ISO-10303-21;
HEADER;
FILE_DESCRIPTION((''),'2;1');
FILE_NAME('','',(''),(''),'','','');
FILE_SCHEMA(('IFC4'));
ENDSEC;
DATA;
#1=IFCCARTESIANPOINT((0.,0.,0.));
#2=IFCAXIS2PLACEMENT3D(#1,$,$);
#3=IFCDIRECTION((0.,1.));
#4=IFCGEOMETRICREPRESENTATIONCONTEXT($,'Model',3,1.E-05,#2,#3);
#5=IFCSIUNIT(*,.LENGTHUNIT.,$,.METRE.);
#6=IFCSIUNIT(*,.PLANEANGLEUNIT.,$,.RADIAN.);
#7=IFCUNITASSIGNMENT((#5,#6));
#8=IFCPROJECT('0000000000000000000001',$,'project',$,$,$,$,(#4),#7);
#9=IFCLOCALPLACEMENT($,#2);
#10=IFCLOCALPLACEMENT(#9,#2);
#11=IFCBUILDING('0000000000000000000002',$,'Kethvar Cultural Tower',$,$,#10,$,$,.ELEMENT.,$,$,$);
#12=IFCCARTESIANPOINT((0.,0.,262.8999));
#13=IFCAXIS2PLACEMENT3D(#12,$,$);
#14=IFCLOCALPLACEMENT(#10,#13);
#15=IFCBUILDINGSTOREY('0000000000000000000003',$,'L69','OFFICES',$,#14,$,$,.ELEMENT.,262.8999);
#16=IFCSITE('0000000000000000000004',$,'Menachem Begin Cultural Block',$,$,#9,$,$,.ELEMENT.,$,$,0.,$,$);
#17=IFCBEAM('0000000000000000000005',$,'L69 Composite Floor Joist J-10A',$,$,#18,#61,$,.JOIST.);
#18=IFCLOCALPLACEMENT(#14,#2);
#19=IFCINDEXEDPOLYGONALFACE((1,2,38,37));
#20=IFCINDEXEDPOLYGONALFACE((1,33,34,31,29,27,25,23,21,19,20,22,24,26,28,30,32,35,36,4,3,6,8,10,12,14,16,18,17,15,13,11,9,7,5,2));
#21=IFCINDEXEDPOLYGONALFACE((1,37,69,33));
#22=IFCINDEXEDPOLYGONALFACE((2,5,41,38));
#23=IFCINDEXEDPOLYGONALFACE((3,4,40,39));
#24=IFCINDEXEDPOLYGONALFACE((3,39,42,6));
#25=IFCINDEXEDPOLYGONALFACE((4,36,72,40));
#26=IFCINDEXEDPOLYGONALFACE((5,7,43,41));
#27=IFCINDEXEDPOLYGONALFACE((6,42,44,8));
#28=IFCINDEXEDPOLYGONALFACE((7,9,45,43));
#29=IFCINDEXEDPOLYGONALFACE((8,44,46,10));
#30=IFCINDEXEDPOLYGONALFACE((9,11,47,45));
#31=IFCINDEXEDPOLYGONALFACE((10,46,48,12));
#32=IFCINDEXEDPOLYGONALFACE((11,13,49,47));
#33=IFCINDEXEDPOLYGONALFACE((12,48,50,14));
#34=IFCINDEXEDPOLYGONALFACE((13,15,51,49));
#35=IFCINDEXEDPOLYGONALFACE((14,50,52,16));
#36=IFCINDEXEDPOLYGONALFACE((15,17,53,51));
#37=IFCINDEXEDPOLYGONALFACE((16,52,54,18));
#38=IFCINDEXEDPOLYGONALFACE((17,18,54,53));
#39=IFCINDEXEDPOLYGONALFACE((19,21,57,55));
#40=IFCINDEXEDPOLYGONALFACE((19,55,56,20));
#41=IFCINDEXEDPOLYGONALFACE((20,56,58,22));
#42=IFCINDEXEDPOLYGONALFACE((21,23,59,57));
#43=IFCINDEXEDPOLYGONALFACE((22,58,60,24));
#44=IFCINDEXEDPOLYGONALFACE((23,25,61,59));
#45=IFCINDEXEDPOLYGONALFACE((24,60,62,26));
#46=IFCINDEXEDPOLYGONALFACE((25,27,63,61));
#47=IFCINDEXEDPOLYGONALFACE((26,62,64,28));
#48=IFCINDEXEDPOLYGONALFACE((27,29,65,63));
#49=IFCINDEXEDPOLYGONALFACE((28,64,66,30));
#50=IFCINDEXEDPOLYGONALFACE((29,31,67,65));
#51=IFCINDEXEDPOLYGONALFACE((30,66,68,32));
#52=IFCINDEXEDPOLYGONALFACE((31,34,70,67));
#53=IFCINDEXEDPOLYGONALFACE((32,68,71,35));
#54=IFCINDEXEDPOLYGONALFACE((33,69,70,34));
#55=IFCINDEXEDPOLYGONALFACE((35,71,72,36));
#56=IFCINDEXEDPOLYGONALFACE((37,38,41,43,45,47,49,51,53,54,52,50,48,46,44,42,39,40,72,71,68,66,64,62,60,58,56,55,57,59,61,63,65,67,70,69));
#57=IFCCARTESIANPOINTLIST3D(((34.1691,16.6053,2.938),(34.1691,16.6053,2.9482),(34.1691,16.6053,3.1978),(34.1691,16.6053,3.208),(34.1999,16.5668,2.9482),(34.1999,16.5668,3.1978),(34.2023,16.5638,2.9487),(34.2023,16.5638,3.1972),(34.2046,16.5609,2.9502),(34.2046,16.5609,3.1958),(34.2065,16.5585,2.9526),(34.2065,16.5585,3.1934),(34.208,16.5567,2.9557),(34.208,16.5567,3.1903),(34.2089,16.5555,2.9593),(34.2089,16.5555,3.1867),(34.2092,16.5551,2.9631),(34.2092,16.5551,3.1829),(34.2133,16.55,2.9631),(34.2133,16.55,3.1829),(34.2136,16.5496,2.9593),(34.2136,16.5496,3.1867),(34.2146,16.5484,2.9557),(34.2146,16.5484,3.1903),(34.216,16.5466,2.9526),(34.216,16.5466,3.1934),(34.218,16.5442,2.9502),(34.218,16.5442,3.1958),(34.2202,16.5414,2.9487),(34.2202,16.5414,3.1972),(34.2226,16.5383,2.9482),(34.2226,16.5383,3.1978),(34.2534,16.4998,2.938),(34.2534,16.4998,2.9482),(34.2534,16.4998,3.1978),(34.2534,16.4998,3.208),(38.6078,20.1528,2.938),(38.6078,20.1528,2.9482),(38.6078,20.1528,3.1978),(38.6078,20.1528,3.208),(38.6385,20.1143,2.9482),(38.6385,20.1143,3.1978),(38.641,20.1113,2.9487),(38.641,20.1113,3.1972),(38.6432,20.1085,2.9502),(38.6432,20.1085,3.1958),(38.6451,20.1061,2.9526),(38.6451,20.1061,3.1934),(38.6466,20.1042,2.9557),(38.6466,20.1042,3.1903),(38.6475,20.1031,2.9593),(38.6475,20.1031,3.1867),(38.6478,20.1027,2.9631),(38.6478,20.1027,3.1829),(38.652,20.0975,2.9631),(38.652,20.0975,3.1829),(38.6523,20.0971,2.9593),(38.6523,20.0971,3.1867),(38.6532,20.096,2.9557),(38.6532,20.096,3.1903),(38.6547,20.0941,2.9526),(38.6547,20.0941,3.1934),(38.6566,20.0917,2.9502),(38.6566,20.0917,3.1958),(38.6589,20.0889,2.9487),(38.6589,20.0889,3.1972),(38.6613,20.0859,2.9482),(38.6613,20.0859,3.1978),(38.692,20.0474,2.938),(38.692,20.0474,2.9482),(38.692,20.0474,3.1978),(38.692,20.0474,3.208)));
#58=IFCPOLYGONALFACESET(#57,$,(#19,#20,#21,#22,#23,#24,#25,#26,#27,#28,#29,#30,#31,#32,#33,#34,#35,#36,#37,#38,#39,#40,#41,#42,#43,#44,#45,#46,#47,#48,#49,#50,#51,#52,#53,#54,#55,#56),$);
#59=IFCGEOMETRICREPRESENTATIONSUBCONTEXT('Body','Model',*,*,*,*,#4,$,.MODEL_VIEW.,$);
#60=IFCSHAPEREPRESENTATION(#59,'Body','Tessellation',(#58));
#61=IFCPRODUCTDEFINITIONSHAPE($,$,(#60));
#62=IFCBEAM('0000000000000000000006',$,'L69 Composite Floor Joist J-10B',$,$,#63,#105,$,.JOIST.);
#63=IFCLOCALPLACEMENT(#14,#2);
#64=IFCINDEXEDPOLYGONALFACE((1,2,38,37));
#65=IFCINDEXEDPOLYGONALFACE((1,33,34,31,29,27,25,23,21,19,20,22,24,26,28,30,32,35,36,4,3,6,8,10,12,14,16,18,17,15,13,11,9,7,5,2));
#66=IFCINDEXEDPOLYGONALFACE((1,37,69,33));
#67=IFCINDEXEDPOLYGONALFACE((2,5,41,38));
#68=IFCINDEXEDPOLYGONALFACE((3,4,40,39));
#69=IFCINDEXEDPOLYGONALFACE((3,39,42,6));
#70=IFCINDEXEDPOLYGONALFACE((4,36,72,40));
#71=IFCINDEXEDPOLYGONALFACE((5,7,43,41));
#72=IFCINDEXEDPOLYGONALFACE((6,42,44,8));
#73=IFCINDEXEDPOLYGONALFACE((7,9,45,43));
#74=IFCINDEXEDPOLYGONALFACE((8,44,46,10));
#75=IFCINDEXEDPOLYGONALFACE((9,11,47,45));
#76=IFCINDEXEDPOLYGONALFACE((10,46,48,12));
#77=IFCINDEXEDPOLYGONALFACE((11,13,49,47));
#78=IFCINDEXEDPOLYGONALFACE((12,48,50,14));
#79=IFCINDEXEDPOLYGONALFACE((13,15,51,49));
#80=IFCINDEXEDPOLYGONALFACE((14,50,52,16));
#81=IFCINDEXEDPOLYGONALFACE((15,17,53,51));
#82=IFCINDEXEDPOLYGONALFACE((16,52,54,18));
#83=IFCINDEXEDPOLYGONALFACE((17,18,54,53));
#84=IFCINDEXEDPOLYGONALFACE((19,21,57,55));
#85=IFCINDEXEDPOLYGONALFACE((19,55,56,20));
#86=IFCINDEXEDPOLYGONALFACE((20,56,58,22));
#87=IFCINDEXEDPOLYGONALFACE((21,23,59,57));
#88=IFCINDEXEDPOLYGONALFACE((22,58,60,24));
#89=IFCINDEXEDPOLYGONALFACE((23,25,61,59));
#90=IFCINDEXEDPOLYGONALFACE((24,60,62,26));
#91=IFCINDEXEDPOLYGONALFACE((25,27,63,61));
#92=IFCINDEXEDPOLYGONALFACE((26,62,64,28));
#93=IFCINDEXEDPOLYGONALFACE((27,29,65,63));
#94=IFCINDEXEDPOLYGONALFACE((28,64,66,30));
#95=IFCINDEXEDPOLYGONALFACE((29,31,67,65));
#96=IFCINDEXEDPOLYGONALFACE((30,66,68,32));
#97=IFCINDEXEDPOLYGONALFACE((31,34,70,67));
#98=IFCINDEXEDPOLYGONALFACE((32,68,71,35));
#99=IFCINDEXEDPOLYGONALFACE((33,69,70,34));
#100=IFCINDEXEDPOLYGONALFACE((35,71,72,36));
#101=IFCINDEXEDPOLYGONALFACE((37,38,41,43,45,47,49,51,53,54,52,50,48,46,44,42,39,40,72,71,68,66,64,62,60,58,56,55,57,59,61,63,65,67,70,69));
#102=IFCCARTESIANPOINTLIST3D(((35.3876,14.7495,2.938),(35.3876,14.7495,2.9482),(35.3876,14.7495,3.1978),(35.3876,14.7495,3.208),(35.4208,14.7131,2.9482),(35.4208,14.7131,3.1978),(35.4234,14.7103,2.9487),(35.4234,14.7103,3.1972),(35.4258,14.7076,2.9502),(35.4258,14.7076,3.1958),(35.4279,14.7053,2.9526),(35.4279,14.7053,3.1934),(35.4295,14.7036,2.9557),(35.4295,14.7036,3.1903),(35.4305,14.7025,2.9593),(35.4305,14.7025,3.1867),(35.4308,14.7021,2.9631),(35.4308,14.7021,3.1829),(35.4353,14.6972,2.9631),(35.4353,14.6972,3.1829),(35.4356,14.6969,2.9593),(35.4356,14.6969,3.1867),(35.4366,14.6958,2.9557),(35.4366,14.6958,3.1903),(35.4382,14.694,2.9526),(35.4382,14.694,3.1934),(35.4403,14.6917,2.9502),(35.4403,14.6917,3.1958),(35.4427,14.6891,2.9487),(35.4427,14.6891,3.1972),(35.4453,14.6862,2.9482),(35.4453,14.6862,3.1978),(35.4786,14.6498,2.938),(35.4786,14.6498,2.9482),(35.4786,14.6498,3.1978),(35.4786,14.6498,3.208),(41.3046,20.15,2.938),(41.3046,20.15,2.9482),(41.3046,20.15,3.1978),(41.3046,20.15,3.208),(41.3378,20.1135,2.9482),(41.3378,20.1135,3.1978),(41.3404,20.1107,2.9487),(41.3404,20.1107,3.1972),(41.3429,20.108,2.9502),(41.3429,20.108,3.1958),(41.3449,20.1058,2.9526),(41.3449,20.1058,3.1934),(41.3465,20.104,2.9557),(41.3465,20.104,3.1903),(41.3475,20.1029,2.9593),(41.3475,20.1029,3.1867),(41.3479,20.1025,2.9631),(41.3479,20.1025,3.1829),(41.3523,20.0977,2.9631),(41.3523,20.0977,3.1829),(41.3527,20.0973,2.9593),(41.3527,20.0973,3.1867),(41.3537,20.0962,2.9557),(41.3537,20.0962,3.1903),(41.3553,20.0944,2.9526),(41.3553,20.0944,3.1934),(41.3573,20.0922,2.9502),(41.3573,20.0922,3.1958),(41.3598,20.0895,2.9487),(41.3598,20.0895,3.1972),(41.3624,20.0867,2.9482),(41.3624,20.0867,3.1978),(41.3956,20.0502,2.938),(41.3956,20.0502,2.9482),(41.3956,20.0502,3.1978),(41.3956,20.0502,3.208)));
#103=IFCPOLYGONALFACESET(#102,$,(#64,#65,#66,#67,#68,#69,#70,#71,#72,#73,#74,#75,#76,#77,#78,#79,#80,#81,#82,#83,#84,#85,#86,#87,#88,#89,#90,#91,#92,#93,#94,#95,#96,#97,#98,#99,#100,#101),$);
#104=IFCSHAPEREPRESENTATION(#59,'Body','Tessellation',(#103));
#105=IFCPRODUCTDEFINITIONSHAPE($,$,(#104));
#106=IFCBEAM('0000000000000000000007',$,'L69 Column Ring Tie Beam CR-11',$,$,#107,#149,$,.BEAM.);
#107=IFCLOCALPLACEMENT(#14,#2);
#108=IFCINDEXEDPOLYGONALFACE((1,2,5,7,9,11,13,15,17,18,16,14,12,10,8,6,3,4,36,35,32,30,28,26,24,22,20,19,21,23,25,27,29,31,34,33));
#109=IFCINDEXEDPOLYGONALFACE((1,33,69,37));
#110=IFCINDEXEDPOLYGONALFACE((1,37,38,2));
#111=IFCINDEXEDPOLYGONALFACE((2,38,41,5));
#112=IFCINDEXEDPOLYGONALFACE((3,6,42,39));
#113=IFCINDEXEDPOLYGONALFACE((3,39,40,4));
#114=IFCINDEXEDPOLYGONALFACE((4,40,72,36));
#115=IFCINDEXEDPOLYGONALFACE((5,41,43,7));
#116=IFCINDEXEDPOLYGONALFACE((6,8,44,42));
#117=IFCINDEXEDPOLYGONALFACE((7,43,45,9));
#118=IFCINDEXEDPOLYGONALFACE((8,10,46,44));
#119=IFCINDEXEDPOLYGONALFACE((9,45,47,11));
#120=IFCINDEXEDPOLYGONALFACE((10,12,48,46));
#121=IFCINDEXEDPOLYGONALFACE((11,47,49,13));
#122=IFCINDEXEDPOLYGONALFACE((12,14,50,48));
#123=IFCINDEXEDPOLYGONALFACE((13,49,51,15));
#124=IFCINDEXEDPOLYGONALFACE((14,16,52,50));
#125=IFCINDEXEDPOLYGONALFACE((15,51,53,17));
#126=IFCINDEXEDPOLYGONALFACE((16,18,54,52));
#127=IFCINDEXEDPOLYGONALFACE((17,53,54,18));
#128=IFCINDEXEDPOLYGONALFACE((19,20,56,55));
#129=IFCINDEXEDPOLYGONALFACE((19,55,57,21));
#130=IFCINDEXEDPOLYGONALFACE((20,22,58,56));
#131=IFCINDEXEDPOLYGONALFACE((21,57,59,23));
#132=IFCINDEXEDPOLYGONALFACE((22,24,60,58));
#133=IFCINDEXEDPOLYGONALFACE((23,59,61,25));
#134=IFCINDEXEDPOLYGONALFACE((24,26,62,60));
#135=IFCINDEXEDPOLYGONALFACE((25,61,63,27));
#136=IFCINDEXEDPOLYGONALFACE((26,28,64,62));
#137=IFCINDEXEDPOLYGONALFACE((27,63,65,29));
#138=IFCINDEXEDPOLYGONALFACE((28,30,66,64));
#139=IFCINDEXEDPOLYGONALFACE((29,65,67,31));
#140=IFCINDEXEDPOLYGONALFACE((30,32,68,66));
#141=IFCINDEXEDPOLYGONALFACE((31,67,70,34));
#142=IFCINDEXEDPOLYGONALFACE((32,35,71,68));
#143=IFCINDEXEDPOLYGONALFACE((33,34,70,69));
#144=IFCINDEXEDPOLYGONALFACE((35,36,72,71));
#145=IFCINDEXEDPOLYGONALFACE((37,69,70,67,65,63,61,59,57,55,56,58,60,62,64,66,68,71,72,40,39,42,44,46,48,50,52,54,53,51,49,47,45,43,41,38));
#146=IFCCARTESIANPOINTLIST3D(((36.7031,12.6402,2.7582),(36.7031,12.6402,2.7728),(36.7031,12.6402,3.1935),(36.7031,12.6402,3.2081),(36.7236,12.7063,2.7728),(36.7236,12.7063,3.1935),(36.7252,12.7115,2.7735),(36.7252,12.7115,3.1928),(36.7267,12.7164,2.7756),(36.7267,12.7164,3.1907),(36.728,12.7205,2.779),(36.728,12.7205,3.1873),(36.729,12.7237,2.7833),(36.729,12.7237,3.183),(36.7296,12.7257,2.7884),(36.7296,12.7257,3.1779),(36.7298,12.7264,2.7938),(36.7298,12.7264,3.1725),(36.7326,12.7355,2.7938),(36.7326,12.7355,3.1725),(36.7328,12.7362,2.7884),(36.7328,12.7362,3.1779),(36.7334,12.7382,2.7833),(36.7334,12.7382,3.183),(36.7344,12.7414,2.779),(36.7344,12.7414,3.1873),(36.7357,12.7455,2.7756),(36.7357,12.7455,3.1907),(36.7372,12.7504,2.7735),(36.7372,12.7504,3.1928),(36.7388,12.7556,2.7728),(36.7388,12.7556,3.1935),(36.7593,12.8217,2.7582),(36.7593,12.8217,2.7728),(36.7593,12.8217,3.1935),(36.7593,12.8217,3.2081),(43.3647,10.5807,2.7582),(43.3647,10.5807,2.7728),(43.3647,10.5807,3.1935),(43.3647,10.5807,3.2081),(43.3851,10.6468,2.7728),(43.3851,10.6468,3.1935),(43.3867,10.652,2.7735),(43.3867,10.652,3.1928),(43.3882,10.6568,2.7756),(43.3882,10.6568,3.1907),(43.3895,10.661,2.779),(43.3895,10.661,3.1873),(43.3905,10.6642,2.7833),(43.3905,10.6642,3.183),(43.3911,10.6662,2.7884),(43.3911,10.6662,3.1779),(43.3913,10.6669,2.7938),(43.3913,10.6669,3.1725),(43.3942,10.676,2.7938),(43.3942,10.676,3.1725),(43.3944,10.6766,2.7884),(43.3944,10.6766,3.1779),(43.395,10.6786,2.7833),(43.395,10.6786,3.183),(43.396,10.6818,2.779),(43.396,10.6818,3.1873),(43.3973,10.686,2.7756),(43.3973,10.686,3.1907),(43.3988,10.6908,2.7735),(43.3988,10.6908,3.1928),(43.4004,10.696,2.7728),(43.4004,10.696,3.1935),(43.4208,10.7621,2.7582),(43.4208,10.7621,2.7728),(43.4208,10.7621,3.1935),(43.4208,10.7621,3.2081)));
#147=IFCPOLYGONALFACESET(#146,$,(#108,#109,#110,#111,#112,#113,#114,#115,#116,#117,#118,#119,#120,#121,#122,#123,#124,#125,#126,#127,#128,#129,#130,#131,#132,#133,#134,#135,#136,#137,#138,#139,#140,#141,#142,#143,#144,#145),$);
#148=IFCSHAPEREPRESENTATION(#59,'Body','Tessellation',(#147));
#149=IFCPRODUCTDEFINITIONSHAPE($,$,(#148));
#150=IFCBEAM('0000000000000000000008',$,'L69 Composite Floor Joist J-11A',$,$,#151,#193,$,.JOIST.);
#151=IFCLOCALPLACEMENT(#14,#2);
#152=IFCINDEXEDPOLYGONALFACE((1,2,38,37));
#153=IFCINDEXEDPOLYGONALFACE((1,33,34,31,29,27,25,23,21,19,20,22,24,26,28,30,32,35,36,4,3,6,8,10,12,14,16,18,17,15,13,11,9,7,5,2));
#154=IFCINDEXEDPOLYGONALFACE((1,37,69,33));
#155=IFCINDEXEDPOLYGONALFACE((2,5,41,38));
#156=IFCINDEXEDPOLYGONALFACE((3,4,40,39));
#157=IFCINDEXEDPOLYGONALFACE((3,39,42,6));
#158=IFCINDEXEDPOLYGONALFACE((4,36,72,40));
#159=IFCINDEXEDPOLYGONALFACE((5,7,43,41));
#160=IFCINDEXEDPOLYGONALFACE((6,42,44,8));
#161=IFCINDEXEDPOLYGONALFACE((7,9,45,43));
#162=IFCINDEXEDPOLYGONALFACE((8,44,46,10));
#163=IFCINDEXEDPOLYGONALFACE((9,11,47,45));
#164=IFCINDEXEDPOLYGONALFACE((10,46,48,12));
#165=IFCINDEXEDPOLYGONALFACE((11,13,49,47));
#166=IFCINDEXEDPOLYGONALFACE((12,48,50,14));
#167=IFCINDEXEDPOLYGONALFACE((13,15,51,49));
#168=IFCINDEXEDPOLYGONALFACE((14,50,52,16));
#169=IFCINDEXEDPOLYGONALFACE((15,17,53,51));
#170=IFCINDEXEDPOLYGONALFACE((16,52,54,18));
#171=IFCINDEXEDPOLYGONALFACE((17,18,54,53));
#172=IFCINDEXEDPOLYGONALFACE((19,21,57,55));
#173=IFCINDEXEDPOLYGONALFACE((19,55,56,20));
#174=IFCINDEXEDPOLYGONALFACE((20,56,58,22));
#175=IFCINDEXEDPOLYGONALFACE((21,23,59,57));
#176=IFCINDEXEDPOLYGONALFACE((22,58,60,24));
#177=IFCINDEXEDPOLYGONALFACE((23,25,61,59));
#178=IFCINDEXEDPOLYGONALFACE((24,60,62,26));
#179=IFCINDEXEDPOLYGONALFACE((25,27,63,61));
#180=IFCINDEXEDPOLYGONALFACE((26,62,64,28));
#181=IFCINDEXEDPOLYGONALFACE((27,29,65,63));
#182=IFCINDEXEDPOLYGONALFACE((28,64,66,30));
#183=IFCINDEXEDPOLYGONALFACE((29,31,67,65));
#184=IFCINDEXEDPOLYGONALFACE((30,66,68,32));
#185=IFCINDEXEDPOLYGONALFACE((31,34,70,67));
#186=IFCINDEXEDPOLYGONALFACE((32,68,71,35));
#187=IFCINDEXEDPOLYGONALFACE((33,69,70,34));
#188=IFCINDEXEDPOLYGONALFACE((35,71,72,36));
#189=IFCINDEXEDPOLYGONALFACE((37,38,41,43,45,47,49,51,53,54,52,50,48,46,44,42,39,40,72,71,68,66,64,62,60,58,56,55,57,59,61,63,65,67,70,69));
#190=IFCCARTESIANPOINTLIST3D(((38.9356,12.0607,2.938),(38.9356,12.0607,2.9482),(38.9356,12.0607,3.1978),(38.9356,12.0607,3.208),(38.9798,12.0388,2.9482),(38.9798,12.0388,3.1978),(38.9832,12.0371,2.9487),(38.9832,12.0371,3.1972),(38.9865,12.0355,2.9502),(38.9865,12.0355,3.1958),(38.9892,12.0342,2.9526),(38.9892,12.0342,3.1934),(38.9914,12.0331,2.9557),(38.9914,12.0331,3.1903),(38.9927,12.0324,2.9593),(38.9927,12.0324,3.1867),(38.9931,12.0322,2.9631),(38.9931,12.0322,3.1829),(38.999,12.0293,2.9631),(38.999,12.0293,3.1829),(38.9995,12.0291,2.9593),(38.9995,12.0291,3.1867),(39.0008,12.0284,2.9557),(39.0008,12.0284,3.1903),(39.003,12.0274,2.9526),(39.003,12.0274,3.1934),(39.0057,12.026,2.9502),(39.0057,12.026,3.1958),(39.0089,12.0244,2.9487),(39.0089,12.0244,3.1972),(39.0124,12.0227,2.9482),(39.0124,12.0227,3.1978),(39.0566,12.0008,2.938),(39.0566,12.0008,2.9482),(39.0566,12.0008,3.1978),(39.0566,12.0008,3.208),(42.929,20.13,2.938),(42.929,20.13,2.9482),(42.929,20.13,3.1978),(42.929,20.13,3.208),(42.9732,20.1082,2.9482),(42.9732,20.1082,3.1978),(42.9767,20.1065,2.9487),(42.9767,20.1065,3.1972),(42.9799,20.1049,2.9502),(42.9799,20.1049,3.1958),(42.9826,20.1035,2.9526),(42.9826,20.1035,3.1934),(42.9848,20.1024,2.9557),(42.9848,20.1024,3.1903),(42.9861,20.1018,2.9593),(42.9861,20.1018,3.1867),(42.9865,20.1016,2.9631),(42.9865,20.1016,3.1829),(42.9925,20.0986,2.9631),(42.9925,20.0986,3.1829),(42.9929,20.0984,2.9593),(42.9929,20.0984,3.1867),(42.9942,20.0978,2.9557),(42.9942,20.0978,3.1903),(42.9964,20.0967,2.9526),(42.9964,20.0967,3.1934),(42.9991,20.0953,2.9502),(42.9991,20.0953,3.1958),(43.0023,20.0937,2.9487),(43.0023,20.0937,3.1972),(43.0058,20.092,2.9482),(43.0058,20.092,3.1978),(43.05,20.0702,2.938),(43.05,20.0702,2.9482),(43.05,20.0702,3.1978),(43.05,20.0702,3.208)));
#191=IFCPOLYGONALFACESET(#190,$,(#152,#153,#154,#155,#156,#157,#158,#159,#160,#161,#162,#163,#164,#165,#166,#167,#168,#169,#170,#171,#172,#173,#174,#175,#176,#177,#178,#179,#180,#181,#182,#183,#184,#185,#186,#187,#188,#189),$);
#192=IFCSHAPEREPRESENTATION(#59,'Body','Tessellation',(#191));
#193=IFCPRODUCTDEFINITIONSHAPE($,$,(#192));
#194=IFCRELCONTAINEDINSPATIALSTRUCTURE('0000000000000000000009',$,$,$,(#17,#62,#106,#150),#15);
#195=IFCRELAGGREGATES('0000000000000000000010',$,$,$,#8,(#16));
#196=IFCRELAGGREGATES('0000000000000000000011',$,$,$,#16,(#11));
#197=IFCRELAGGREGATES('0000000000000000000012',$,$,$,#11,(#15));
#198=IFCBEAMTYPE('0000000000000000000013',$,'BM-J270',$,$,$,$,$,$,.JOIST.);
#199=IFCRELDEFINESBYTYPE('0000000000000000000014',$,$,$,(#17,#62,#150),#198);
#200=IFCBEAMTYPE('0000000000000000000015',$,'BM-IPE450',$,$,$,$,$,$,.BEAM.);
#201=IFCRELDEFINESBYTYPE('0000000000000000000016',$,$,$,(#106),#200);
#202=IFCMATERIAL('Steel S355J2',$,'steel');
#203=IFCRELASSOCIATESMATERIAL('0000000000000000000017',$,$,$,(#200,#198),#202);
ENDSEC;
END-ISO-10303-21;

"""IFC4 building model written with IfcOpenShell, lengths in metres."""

from ifc_helpers import new_model, si_unit, direction, frame, origin, origin_2d, place, context, subcontext, project, spatial, i_section, extrude, source, transform, mapped, material, material_profile, profile_set, type_object, element, save


model = new_model("IFC4")

# Units and contexts
model_context = context("Model", 3, precision=1e-05, world=origin(), true_north=direction((0.0, 1.0)))
body_context = subcontext(model_context, "Body", "Model", "MODEL_VIEW")
ifc_project = project(units=[si_unit("LENGTHUNIT", "METRE"), si_unit("PLANEANGLEUNIT", "RADIAN")], contexts=[model_context])

# Site, building, storey
site_placement = place(None, origin())
site = spatial("IfcSite", under=ifc_project, at=site_placement, Name="Menachem Begin Cultural Block", CompositionType="ELEMENT", RefElevation=0.0)
building_placement = place(site_placement, origin())
building = spatial("IfcBuilding", under=site, at=building_placement, Name="Kethvar Cultural Tower", CompositionType="ELEMENT")
storey_placement = place(building_placement, frame((0.0, 0.0, 262.8999)))
storey = spatial("IfcBuildingStorey", under=building, at=storey_placement, Name="L69", Description="OFFICES", CompositionType="ELEMENT", Elevation=262.8999)

# Beams
ifc_material_1 = material(Name="Steel S355J2", Category="steel")
ifc_material_profile_1 = material_profile(ifc_material_1, i_section(OverallWidth=0.1899, OverallDepth=0.45, WebThickness=0.0095, FlangeThickness=0.0146, FilletRadius=0.021, at=origin_2d()), Name="Steel S355J2 — IPE450")
ifc_profile_set_1 = profile_set([ifc_material_profile_1], Name="Steel S355J2 — IPE450")
beam_type_1 = type_object("IfcBeamType", Name="BM-IPE450", PredefinedType="BEAM", material=ifc_profile_set_1)
ifc_material_profile_2 = material_profile(ifc_material_1, i_section(OverallWidth=0.135, OverallDepth=0.27, WebThickness=0.0066, FlangeThickness=0.0103, FilletRadius=0.0149, at=origin_2d()), Name="Steel S355J2 — IPE270")
ifc_profile_set_2 = profile_set([ifc_material_profile_2], Name="Steel S355J2 — IPE270")
beam_type_2 = type_object("IfcBeamType", Name="BM-J270", PredefinedType="JOIST", material=ifc_profile_set_2)
shared_shape_1 = source(origin(), body_context, "Body", "SweptSolid", [
    extrude(i_section(OverallWidth=0.135, OverallDepth=0.27, WebThickness=0.0066, FlangeThickness=0.0103, FilletRadius=0.0149, at=origin_2d()), origin(), (0.0, 0.0, 1.0), 5.6821),
])
beam_1_placement = place(storey_placement, frame((38.6499, 20.1001, 3.073), z_axis=(-0.781158, -0.624333, 0.0), x_axis=(0.624333, -0.781158, 0.0)))
element("IfcBeam", 1, at=beam_1_placement, inside=storey, type_object=beam_type_2, Name="L69 Composite Floor Joist J-10A", PredefinedType="JOIST", context=body_context, shape_type="MappedRepresentation", body=[
    mapped(shared_shape_1, transform((0.0, 0.0, 0.0), scale=1.0)),
])
shared_shape_2 = source(origin(), body_context, "Body", "SweptSolid", [
    extrude(i_section(OverallWidth=0.135, OverallDepth=0.27, WebThickness=0.0066, FlangeThickness=0.0103, FilletRadius=0.0149, at=origin_2d()), origin(), (0.0, 0.0, 1.0), 8.011),
])
beam_2_placement = place(storey_placement, frame((41.3501, 20.1001, 3.073), z_axis=(-0.738615, -0.674128, 0.0), x_axis=(0.674128, -0.738615, 0.0)))
element("IfcBeam", 2, at=beam_2_placement, inside=storey, type_object=beam_type_2, Name="L69 Composite Floor Joist J-10B", PredefinedType="JOIST", context=body_context, shape_type="MappedRepresentation", body=[
    mapped(shared_shape_2, transform((0.0, 0.0, 0.0), scale=1.0)),
])
shared_shape_3 = source(origin(), body_context, "Body", "SweptSolid", [
    extrude(i_section(OverallWidth=0.1899, OverallDepth=0.45, WebThickness=0.0095, FlangeThickness=0.0146, FilletRadius=0.021, at=origin_2d()), origin(), (0.0, 0.0, 1.0), 6.9727),
])
beam_3_placement = place(storey_placement, frame((36.7312, 12.731, 2.9832), z_axis=(0.955381, -0.295375, 0.0), x_axis=(0.295375, 0.955381, 0.0)))
element("IfcBeam", 3, at=beam_3_placement, inside=storey, type_object=beam_type_1, Name="L69 Column Ring Tie Beam CR-11", PredefinedType="BEAM", context=body_context, shape_type="MappedRepresentation", body=[
    mapped(shared_shape_3, transform((0.0, 0.0, 0.0), scale=1.0)),
])
shared_shape_4 = source(origin(), body_context, "Body", "SweptSolid", [
    extrude(i_section(OverallWidth=0.135, OverallDepth=0.27, WebThickness=0.0066, FlangeThickness=0.0103, FilletRadius=0.0149, at=origin_2d()), origin(), (0.0, 0.0, 1.0), 9.0034),
])
beam_4_placement = place(storey_placement, frame((42.9895, 20.1001, 3.073), z_axis=(-0.443544, -0.896253, 0.0), x_axis=(0.896253, -0.443544, 0.0)))
element("IfcBeam", 4, at=beam_4_placement, inside=storey, type_object=beam_type_2, Name="L69 Composite Floor Joist J-11A", PredefinedType="JOIST", context=body_context, shape_type="MappedRepresentation", body=[
    mapped(shared_shape_4, transform((0.0, 0.0, 0.0), scale=1.0)),
])

save(model, "model.ifc")
